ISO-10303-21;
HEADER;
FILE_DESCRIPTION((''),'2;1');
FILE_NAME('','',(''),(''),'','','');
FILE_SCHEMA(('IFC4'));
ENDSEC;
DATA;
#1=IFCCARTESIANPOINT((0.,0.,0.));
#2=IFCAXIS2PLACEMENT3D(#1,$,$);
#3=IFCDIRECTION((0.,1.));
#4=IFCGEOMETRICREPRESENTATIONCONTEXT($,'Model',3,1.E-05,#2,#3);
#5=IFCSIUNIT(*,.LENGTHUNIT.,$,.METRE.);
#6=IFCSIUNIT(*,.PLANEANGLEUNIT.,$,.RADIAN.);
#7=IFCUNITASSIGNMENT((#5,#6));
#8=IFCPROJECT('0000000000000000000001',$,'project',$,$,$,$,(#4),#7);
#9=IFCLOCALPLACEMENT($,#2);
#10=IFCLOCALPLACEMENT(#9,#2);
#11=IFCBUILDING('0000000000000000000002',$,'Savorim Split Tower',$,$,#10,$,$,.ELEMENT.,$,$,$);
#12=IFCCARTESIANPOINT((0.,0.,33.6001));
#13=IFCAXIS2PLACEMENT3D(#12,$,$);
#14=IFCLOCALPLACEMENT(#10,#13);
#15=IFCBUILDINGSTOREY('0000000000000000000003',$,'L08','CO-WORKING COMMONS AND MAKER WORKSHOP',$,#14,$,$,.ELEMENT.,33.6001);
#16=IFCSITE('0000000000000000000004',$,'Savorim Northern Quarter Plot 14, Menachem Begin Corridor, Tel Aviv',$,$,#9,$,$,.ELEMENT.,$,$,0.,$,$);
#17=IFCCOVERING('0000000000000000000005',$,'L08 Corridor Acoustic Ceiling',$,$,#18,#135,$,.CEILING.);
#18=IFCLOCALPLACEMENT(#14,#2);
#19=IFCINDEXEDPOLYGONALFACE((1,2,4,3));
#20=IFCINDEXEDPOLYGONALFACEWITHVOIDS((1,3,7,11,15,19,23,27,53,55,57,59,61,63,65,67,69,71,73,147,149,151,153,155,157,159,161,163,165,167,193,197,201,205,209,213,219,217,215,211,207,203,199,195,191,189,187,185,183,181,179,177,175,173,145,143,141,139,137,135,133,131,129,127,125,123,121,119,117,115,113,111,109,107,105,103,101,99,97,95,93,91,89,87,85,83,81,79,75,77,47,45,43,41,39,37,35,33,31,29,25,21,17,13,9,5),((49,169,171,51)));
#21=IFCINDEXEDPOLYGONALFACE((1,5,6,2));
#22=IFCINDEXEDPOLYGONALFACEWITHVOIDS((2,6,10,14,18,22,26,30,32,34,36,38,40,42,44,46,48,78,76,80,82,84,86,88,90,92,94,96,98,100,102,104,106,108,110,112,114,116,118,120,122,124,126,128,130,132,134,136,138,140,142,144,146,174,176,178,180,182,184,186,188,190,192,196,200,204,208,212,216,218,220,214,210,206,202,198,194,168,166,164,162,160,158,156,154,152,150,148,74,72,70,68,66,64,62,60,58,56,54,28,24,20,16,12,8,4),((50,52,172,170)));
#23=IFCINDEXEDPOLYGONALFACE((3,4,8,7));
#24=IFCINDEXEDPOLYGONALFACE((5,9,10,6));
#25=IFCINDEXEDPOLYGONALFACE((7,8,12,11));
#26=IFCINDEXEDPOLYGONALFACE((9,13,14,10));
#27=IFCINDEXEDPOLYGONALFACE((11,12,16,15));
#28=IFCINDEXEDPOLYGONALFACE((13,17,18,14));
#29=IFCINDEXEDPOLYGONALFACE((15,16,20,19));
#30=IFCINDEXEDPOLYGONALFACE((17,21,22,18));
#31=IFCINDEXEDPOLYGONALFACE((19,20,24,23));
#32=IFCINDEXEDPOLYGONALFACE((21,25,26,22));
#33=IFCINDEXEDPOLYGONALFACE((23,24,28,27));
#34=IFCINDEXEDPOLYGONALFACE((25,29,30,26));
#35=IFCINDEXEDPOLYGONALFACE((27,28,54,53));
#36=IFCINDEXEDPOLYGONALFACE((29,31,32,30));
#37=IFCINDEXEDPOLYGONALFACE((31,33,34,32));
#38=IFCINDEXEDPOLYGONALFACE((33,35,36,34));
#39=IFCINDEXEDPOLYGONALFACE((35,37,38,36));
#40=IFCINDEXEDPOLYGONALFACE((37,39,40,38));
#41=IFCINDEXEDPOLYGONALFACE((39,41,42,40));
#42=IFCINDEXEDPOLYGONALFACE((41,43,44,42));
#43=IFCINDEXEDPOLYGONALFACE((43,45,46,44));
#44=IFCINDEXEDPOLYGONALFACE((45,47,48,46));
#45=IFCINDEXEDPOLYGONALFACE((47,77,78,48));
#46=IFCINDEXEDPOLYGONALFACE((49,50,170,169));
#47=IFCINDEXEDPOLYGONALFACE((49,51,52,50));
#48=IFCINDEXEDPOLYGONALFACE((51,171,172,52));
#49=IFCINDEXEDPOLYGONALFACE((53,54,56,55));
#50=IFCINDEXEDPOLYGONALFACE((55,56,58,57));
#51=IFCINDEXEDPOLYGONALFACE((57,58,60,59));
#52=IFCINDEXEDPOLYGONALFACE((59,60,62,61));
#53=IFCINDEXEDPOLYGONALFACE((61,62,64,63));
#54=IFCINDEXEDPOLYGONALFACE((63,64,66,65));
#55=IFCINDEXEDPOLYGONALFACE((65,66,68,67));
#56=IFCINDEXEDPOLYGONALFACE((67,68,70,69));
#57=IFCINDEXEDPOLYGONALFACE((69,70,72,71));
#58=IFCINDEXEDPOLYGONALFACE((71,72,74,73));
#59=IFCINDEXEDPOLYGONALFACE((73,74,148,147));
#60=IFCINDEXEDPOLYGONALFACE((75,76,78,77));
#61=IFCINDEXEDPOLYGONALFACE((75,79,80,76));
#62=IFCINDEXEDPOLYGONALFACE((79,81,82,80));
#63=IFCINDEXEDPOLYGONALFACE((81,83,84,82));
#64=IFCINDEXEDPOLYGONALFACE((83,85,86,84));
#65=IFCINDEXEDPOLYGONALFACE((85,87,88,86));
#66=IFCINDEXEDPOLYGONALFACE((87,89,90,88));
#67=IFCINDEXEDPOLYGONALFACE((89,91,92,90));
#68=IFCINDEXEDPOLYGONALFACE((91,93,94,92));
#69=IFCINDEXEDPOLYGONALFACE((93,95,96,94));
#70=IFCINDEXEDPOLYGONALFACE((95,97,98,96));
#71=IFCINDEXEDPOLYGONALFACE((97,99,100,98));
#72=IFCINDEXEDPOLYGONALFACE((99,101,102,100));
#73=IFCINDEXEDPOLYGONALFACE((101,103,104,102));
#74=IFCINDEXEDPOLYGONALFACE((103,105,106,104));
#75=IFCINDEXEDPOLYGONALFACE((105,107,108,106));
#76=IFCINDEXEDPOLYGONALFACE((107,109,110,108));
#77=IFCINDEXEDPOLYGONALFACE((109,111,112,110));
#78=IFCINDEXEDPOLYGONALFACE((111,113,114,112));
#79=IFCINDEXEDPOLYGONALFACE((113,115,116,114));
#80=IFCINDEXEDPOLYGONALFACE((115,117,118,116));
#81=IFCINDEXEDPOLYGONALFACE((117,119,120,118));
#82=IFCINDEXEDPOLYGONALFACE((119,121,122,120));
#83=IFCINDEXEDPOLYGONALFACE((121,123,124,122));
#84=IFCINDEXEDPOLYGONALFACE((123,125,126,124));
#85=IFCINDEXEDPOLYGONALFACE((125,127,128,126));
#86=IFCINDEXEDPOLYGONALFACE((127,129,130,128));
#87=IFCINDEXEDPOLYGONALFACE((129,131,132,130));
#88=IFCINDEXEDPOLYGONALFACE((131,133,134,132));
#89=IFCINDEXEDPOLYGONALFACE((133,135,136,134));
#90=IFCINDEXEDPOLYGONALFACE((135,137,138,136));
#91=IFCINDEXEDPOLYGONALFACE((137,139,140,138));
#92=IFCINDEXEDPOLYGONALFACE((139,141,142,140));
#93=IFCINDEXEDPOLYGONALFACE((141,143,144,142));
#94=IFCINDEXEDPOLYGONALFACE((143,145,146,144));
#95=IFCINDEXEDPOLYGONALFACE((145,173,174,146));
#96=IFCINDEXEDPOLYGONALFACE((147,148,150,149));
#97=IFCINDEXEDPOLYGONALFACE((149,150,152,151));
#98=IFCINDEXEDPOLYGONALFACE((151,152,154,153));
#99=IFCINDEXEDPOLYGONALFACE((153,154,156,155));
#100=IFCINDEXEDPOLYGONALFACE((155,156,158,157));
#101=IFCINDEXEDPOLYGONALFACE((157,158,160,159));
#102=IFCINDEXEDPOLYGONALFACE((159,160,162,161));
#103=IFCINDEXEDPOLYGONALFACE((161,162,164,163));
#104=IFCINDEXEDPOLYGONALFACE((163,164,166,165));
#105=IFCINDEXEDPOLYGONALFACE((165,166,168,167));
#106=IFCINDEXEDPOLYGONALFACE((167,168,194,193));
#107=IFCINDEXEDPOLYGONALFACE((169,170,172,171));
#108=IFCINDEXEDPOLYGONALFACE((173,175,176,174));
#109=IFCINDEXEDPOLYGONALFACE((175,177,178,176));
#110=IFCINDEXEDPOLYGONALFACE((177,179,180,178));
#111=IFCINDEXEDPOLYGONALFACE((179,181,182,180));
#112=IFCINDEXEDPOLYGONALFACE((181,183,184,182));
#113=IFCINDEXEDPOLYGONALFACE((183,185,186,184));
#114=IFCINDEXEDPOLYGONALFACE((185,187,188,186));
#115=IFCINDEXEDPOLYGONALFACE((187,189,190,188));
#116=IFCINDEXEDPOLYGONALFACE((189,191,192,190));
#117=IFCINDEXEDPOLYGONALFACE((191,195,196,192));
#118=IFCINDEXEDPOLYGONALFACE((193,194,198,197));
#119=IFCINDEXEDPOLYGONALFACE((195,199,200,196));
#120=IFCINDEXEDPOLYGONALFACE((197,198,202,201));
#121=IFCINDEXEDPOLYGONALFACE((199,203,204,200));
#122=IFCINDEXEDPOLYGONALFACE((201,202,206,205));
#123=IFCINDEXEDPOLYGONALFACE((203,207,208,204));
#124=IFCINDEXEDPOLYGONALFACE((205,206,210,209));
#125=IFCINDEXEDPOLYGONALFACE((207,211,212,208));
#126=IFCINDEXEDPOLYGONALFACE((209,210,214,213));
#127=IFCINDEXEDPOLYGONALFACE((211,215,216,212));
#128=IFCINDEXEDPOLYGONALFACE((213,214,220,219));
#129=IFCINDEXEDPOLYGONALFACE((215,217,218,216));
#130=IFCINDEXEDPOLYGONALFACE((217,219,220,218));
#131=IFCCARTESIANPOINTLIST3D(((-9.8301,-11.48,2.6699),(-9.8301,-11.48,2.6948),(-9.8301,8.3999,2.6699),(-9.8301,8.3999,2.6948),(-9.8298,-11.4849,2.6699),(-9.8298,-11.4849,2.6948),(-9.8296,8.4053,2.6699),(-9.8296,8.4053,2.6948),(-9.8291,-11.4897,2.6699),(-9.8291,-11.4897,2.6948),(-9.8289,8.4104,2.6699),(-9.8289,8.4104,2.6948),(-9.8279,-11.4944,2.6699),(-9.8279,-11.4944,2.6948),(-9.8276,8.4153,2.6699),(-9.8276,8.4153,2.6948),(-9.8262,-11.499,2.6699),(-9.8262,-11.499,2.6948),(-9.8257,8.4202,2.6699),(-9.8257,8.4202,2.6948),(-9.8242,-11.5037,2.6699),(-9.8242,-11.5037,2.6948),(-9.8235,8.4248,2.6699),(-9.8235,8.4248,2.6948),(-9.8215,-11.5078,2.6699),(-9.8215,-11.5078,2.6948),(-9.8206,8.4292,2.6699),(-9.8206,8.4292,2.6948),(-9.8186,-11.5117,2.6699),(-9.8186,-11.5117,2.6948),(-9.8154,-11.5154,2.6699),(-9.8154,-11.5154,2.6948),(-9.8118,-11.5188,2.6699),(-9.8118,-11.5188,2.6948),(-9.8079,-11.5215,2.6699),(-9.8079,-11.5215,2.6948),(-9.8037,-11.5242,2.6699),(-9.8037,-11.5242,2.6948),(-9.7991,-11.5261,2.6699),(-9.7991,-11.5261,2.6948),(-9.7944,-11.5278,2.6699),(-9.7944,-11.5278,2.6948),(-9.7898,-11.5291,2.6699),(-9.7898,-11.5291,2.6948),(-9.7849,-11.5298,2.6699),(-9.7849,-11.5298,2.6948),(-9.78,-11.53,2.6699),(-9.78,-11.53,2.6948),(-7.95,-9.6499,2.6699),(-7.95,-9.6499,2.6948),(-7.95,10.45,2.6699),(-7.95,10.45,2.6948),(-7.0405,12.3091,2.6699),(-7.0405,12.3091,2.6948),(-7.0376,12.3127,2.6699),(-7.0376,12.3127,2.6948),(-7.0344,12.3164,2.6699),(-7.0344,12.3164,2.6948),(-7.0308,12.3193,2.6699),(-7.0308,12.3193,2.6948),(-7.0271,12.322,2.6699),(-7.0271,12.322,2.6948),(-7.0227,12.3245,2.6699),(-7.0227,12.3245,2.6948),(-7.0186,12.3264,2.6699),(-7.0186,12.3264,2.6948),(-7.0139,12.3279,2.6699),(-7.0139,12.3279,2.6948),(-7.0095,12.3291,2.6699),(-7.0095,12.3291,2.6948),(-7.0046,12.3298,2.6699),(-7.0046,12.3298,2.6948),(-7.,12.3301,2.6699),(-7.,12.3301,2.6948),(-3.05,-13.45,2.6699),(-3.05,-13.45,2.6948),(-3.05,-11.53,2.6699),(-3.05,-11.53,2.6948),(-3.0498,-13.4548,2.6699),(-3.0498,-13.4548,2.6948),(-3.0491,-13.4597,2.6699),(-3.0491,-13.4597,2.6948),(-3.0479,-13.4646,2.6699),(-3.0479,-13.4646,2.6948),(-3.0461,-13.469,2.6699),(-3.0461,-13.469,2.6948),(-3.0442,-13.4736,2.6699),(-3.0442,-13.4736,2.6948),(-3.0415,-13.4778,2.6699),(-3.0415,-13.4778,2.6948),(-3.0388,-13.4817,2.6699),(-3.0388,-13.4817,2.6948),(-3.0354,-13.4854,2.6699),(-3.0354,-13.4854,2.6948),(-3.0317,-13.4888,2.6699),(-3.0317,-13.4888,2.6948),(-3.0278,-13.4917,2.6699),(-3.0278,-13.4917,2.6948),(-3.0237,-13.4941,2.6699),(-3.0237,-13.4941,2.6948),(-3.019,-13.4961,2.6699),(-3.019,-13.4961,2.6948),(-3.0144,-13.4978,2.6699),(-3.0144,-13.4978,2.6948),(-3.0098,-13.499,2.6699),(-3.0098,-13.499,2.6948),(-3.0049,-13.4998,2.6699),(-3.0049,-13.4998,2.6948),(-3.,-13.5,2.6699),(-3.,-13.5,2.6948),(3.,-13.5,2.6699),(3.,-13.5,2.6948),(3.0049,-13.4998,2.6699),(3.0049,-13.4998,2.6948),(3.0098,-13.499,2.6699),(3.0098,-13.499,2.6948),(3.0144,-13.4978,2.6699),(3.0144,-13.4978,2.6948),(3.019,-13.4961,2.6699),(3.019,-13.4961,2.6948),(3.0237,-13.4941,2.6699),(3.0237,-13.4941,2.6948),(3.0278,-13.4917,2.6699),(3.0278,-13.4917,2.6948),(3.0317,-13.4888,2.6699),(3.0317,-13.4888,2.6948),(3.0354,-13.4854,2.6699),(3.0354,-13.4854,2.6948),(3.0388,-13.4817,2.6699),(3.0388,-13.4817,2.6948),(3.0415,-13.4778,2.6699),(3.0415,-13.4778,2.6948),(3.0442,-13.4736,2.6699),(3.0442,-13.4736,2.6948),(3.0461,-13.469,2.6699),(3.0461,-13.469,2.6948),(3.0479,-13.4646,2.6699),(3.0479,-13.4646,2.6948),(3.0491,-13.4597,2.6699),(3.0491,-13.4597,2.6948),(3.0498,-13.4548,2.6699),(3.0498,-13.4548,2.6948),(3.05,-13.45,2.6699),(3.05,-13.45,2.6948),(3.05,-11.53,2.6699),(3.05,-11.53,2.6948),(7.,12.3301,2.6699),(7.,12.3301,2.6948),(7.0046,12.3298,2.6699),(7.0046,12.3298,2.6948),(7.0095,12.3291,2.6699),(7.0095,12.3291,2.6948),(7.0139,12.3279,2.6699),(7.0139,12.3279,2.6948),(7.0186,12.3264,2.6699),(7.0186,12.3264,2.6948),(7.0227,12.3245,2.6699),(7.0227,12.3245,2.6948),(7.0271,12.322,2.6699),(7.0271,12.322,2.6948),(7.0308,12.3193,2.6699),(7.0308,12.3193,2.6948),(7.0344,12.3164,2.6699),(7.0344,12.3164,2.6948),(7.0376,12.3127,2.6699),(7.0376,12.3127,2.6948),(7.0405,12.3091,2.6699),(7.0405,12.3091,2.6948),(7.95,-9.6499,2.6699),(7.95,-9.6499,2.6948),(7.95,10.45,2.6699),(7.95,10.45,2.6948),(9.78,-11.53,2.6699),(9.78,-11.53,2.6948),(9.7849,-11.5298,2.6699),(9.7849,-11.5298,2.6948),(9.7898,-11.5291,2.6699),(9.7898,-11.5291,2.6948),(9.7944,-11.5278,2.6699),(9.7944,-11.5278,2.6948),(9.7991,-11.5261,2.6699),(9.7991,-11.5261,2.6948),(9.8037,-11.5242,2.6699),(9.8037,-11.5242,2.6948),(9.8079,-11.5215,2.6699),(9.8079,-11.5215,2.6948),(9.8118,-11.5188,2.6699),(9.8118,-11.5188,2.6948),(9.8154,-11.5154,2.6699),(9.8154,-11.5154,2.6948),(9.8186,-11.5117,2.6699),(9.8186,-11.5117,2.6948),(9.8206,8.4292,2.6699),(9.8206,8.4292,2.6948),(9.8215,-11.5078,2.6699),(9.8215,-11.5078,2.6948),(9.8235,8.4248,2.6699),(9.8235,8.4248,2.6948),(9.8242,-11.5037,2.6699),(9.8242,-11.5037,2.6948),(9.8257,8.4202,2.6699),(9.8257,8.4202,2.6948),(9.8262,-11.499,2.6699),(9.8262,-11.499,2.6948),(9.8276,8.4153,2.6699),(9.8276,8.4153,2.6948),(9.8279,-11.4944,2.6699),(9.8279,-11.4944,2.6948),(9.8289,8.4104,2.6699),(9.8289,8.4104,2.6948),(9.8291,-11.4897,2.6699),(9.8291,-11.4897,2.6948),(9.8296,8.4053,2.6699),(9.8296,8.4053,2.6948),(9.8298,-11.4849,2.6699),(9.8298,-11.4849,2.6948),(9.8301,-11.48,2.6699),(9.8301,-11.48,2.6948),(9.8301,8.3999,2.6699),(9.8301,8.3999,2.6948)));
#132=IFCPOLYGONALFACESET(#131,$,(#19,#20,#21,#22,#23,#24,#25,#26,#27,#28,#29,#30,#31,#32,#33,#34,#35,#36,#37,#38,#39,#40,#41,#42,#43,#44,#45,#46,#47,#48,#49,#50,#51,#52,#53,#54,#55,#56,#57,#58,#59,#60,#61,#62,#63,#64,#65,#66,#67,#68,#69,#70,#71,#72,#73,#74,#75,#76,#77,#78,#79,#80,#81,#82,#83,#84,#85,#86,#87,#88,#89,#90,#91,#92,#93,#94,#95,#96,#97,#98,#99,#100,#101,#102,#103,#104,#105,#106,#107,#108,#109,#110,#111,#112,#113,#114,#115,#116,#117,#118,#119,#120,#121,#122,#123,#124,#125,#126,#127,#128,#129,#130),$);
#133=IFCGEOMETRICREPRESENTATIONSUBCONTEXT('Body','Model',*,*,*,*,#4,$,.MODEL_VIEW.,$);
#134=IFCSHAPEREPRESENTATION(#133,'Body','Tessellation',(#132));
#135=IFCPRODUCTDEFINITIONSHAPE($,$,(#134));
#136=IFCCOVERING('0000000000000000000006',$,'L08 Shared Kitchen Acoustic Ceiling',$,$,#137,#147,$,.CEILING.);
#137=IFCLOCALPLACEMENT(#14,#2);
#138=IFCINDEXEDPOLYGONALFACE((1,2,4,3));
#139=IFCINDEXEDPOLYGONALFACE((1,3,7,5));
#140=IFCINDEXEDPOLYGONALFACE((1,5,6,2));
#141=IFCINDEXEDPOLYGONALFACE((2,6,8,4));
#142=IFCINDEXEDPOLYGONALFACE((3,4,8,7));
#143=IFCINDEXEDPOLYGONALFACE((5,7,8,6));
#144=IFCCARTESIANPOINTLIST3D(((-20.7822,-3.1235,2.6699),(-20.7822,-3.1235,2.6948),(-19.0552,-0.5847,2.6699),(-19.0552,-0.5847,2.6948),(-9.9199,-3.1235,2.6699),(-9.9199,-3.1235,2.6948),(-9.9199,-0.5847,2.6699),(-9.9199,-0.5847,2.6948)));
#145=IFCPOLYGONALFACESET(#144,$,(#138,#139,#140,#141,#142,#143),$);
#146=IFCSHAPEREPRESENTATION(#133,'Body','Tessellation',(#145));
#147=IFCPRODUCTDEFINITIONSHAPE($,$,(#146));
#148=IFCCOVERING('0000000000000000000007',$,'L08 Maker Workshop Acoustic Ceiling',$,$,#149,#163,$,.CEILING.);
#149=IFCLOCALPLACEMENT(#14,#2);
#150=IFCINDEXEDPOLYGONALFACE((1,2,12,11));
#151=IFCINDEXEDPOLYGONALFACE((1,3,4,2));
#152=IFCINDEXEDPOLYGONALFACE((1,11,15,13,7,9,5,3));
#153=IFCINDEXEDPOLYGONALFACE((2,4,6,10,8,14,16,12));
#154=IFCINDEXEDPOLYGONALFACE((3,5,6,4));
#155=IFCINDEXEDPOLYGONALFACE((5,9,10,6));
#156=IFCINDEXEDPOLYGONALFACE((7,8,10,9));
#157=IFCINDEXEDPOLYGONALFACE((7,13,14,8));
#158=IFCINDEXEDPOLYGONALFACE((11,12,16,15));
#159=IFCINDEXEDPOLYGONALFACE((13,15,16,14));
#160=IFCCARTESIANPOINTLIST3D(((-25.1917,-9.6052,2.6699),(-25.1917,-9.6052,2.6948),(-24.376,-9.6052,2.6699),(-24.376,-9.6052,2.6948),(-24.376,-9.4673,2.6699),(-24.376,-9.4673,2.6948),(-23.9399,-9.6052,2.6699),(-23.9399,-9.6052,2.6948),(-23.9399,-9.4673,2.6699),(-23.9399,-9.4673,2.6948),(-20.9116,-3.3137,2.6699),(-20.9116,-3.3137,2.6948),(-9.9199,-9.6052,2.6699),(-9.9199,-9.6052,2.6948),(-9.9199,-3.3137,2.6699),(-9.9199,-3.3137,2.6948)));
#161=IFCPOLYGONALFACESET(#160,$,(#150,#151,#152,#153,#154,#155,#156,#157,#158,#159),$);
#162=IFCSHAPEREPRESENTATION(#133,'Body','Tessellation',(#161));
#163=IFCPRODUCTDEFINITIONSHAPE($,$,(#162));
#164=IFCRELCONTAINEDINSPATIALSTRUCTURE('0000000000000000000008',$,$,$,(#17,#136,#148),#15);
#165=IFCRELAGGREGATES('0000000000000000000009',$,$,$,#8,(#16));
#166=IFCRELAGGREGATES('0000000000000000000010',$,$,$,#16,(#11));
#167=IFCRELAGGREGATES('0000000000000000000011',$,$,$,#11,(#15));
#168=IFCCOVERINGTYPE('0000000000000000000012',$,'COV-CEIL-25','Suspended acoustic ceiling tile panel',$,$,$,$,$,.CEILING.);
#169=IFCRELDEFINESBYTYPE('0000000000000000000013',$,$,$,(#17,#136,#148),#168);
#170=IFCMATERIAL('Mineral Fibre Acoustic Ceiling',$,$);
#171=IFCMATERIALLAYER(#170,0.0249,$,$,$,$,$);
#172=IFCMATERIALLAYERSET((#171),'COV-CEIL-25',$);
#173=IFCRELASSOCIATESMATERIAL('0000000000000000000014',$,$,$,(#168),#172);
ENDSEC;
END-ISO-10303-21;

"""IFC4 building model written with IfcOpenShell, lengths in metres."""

from ifc_helpers import new_model, si_unit, direction, frame, origin, place, context, subcontext, project, spatial, polyline, outline, extrude, material, layer, layer_set, type_object, element, save


model = new_model("IFC4")

# Units and contexts
model_context = context("Model", 3, precision=1e-05, world=origin(), true_north=direction((0.0, 1.0)))
body_context = subcontext(model_context, "Body", "Model", "MODEL_VIEW")
ifc_project = project(units=[si_unit("LENGTHUNIT", "METRE"), si_unit("PLANEANGLEUNIT", "RADIAN")], contexts=[model_context])

# Site, building, storey
site_placement = place(None, origin())
site = spatial("IfcSite", under=ifc_project, at=site_placement, Name="Savorim Northern Quarter Plot 14, Menachem Begin Corridor, Tel Aviv", CompositionType="ELEMENT", RefElevation=0.0)
building_placement = place(site_placement, origin())
building = spatial("IfcBuilding", under=site, at=building_placement, Name="Savorim Split Tower", CompositionType="ELEMENT")
storey_placement = place(building_placement, frame((0.0, 0.0, 33.6001)))
storey = spatial("IfcBuildingStorey", under=building, at=storey_placement, Name="L08", Description="CO-WORKING COMMONS AND MAKER WORKSHOP", CompositionType="ELEMENT", Elevation=33.6001)

# Coverings
ifc_material_1 = material(Name="Mineral Fibre Acoustic Ceiling")
ifc_layer_1 = layer(ifc_material_1, 0.0249)
ifc_layer_set_1 = layer_set([ifc_layer_1], Name="COV-CEIL-25")
covering_type_1 = type_object("IfcCoveringType", Name="COV-CEIL-25", Description="Suspended acoustic ceiling tile panel", PredefinedType="CEILING", material=ifc_layer_set_1)
covering_1_placement = place(storey_placement, frame((0.0, 0.0, 2.6699)))
element("IfcCovering", 1, at=covering_1_placement, inside=storey, type_object=covering_type_1, Name="L08 Corridor Acoustic Ceiling", PredefinedType="CEILING", context=body_context, shape_type="SweptSolid", body=[
    extrude(outline(polyline([(7.0095, 12.3291), (7.0046, 12.3298), (7.0, 12.3301), (-7.0, 12.3301), (-7.0046, 12.3298), (-7.0095, 12.3291), (-7.0139, 12.3279), (-7.0186, 12.3264), (-7.0227, 12.3245), (-7.0271, 12.322), (-7.0308, 12.3193), (-7.0344, 12.3164), (-7.0376, 12.3127), (-7.0405, 12.3091), (-9.8206, 8.4292), (-9.8235, 8.4248), (-9.8257, 8.4202), (-9.8276, 8.4153), (-9.8289, 8.4104), (-9.8296, 8.4053), (-9.8301, 8.3999), (-9.8301, -11.48), (-9.8298, -11.4849), (-9.8291, -11.4897), (-9.8279, -11.4944), (-9.8262, -11.499), (-9.8242, -11.5037), (-9.8215, -11.5078), (-9.8186, -11.5117), (-9.8154, -11.5154), (-9.8118, -11.5188), (-9.8079, -11.5215), (-9.8037, -11.5242), (-9.7991, -11.5261), (-9.7944, -11.5278), (-9.7898, -11.5291), (-9.7849, -11.5298), (-9.78, -11.53), (-3.05, -11.53), (-3.05, -13.45), (-3.0498, -13.4548), (-3.0491, -13.4597), (-3.0479, -13.4646), (-3.0461, -13.469), (-3.0442, -13.4736), (-3.0415, -13.4778), (-3.0388, -13.4817), (-3.0354, -13.4854), (-3.0317, -13.4888), (-3.0278, -13.4917), (-3.0237, -13.4941), (-3.019, -13.4961), (-3.0144, -13.4978), (-3.0098, -13.499), (-3.0049, -13.4998), (-3.0, -13.5), (3.0, -13.5), (3.0049, -13.4998), (3.0098, -13.499), (3.0144, -13.4978), (3.019, -13.4961), (3.0237, -13.4941), (3.0278, -13.4917), (3.0317, -13.4888), (3.0354, -13.4854), (3.0388, -13.4817), (3.0415, -13.4778), (3.0442, -13.4736), (3.0461, -13.469), (3.0479, -13.4646), (3.0491, -13.4597), (3.0498, -13.4548), (3.05, -13.45), (3.05, -11.53), (9.78, -11.53), (9.7849, -11.5298), (9.7898, -11.5291), (9.7944, -11.5278), (9.7991, -11.5261), (9.8037, -11.5242), (9.8079, -11.5215), (9.8118, -11.5188), (9.8154, -11.5154), (9.8186, -11.5117), (9.8215, -11.5078), (9.8242, -11.5037), (9.8262, -11.499), (9.8279, -11.4944), (9.8291, -11.4897), (9.8298, -11.4849), (9.8301, -11.48), (9.8301, 8.3999), (9.8296, 8.4053), (9.8289, 8.4104), (9.8276, 8.4153), (9.8257, 8.4202), (9.8235, 8.4248), (9.8206, 8.4292), (7.0405, 12.3091), (7.0376, 12.3127), (7.0344, 12.3164), (7.0308, 12.3193), (7.0271, 12.322), (7.0227, 12.3245), (7.0186, 12.3264), (7.0139, 12.3279), (7.0095, 12.3291)]), holes=[polyline([(-7.95, 10.45), (-7.95, -9.6499), (7.95, -9.6499), (7.95, 10.45), (-7.95, 10.45)])]), origin(), (0.0, 0.0, 1.0), 0.0249),
])
covering_2_placement = place(storey_placement, frame((0.0, 0.0, 2.6699)))
element("IfcCovering", 2, at=covering_2_placement, inside=storey, type_object=covering_type_1, Name="L08 Shared Kitchen Acoustic Ceiling", PredefinedType="CEILING", context=body_context, shape_type="SweptSolid", body=[
    extrude(outline(polyline([(-19.0552, -0.5847), (-20.7822, -3.1235), (-9.9199, -3.1235), (-9.9199, -0.5847), (-19.0552, -0.5847)])), origin(), (0.0, 0.0, 1.0), 0.0249),
])
covering_3_placement = place(storey_placement, frame((0.0, 0.0, 2.6699)))
element("IfcCovering", 3, at=covering_3_placement, inside=storey, type_object=covering_type_1, Name="L08 Maker Workshop Acoustic Ceiling", PredefinedType="CEILING", context=body_context, shape_type="SweptSolid", body=[
    extrude(outline(polyline([(-23.9399, -9.4673), (-23.9399, -9.6052), (-9.9199, -9.6052), (-9.9199, -3.3137), (-20.9116, -3.3137), (-25.1917, -9.6052), (-24.376, -9.6052), (-24.376, -9.4673), (-23.9399, -9.4673)])), origin(), (0.0, 0.0, 1.0), 0.0249),
])

save(model, "model.ifc")
